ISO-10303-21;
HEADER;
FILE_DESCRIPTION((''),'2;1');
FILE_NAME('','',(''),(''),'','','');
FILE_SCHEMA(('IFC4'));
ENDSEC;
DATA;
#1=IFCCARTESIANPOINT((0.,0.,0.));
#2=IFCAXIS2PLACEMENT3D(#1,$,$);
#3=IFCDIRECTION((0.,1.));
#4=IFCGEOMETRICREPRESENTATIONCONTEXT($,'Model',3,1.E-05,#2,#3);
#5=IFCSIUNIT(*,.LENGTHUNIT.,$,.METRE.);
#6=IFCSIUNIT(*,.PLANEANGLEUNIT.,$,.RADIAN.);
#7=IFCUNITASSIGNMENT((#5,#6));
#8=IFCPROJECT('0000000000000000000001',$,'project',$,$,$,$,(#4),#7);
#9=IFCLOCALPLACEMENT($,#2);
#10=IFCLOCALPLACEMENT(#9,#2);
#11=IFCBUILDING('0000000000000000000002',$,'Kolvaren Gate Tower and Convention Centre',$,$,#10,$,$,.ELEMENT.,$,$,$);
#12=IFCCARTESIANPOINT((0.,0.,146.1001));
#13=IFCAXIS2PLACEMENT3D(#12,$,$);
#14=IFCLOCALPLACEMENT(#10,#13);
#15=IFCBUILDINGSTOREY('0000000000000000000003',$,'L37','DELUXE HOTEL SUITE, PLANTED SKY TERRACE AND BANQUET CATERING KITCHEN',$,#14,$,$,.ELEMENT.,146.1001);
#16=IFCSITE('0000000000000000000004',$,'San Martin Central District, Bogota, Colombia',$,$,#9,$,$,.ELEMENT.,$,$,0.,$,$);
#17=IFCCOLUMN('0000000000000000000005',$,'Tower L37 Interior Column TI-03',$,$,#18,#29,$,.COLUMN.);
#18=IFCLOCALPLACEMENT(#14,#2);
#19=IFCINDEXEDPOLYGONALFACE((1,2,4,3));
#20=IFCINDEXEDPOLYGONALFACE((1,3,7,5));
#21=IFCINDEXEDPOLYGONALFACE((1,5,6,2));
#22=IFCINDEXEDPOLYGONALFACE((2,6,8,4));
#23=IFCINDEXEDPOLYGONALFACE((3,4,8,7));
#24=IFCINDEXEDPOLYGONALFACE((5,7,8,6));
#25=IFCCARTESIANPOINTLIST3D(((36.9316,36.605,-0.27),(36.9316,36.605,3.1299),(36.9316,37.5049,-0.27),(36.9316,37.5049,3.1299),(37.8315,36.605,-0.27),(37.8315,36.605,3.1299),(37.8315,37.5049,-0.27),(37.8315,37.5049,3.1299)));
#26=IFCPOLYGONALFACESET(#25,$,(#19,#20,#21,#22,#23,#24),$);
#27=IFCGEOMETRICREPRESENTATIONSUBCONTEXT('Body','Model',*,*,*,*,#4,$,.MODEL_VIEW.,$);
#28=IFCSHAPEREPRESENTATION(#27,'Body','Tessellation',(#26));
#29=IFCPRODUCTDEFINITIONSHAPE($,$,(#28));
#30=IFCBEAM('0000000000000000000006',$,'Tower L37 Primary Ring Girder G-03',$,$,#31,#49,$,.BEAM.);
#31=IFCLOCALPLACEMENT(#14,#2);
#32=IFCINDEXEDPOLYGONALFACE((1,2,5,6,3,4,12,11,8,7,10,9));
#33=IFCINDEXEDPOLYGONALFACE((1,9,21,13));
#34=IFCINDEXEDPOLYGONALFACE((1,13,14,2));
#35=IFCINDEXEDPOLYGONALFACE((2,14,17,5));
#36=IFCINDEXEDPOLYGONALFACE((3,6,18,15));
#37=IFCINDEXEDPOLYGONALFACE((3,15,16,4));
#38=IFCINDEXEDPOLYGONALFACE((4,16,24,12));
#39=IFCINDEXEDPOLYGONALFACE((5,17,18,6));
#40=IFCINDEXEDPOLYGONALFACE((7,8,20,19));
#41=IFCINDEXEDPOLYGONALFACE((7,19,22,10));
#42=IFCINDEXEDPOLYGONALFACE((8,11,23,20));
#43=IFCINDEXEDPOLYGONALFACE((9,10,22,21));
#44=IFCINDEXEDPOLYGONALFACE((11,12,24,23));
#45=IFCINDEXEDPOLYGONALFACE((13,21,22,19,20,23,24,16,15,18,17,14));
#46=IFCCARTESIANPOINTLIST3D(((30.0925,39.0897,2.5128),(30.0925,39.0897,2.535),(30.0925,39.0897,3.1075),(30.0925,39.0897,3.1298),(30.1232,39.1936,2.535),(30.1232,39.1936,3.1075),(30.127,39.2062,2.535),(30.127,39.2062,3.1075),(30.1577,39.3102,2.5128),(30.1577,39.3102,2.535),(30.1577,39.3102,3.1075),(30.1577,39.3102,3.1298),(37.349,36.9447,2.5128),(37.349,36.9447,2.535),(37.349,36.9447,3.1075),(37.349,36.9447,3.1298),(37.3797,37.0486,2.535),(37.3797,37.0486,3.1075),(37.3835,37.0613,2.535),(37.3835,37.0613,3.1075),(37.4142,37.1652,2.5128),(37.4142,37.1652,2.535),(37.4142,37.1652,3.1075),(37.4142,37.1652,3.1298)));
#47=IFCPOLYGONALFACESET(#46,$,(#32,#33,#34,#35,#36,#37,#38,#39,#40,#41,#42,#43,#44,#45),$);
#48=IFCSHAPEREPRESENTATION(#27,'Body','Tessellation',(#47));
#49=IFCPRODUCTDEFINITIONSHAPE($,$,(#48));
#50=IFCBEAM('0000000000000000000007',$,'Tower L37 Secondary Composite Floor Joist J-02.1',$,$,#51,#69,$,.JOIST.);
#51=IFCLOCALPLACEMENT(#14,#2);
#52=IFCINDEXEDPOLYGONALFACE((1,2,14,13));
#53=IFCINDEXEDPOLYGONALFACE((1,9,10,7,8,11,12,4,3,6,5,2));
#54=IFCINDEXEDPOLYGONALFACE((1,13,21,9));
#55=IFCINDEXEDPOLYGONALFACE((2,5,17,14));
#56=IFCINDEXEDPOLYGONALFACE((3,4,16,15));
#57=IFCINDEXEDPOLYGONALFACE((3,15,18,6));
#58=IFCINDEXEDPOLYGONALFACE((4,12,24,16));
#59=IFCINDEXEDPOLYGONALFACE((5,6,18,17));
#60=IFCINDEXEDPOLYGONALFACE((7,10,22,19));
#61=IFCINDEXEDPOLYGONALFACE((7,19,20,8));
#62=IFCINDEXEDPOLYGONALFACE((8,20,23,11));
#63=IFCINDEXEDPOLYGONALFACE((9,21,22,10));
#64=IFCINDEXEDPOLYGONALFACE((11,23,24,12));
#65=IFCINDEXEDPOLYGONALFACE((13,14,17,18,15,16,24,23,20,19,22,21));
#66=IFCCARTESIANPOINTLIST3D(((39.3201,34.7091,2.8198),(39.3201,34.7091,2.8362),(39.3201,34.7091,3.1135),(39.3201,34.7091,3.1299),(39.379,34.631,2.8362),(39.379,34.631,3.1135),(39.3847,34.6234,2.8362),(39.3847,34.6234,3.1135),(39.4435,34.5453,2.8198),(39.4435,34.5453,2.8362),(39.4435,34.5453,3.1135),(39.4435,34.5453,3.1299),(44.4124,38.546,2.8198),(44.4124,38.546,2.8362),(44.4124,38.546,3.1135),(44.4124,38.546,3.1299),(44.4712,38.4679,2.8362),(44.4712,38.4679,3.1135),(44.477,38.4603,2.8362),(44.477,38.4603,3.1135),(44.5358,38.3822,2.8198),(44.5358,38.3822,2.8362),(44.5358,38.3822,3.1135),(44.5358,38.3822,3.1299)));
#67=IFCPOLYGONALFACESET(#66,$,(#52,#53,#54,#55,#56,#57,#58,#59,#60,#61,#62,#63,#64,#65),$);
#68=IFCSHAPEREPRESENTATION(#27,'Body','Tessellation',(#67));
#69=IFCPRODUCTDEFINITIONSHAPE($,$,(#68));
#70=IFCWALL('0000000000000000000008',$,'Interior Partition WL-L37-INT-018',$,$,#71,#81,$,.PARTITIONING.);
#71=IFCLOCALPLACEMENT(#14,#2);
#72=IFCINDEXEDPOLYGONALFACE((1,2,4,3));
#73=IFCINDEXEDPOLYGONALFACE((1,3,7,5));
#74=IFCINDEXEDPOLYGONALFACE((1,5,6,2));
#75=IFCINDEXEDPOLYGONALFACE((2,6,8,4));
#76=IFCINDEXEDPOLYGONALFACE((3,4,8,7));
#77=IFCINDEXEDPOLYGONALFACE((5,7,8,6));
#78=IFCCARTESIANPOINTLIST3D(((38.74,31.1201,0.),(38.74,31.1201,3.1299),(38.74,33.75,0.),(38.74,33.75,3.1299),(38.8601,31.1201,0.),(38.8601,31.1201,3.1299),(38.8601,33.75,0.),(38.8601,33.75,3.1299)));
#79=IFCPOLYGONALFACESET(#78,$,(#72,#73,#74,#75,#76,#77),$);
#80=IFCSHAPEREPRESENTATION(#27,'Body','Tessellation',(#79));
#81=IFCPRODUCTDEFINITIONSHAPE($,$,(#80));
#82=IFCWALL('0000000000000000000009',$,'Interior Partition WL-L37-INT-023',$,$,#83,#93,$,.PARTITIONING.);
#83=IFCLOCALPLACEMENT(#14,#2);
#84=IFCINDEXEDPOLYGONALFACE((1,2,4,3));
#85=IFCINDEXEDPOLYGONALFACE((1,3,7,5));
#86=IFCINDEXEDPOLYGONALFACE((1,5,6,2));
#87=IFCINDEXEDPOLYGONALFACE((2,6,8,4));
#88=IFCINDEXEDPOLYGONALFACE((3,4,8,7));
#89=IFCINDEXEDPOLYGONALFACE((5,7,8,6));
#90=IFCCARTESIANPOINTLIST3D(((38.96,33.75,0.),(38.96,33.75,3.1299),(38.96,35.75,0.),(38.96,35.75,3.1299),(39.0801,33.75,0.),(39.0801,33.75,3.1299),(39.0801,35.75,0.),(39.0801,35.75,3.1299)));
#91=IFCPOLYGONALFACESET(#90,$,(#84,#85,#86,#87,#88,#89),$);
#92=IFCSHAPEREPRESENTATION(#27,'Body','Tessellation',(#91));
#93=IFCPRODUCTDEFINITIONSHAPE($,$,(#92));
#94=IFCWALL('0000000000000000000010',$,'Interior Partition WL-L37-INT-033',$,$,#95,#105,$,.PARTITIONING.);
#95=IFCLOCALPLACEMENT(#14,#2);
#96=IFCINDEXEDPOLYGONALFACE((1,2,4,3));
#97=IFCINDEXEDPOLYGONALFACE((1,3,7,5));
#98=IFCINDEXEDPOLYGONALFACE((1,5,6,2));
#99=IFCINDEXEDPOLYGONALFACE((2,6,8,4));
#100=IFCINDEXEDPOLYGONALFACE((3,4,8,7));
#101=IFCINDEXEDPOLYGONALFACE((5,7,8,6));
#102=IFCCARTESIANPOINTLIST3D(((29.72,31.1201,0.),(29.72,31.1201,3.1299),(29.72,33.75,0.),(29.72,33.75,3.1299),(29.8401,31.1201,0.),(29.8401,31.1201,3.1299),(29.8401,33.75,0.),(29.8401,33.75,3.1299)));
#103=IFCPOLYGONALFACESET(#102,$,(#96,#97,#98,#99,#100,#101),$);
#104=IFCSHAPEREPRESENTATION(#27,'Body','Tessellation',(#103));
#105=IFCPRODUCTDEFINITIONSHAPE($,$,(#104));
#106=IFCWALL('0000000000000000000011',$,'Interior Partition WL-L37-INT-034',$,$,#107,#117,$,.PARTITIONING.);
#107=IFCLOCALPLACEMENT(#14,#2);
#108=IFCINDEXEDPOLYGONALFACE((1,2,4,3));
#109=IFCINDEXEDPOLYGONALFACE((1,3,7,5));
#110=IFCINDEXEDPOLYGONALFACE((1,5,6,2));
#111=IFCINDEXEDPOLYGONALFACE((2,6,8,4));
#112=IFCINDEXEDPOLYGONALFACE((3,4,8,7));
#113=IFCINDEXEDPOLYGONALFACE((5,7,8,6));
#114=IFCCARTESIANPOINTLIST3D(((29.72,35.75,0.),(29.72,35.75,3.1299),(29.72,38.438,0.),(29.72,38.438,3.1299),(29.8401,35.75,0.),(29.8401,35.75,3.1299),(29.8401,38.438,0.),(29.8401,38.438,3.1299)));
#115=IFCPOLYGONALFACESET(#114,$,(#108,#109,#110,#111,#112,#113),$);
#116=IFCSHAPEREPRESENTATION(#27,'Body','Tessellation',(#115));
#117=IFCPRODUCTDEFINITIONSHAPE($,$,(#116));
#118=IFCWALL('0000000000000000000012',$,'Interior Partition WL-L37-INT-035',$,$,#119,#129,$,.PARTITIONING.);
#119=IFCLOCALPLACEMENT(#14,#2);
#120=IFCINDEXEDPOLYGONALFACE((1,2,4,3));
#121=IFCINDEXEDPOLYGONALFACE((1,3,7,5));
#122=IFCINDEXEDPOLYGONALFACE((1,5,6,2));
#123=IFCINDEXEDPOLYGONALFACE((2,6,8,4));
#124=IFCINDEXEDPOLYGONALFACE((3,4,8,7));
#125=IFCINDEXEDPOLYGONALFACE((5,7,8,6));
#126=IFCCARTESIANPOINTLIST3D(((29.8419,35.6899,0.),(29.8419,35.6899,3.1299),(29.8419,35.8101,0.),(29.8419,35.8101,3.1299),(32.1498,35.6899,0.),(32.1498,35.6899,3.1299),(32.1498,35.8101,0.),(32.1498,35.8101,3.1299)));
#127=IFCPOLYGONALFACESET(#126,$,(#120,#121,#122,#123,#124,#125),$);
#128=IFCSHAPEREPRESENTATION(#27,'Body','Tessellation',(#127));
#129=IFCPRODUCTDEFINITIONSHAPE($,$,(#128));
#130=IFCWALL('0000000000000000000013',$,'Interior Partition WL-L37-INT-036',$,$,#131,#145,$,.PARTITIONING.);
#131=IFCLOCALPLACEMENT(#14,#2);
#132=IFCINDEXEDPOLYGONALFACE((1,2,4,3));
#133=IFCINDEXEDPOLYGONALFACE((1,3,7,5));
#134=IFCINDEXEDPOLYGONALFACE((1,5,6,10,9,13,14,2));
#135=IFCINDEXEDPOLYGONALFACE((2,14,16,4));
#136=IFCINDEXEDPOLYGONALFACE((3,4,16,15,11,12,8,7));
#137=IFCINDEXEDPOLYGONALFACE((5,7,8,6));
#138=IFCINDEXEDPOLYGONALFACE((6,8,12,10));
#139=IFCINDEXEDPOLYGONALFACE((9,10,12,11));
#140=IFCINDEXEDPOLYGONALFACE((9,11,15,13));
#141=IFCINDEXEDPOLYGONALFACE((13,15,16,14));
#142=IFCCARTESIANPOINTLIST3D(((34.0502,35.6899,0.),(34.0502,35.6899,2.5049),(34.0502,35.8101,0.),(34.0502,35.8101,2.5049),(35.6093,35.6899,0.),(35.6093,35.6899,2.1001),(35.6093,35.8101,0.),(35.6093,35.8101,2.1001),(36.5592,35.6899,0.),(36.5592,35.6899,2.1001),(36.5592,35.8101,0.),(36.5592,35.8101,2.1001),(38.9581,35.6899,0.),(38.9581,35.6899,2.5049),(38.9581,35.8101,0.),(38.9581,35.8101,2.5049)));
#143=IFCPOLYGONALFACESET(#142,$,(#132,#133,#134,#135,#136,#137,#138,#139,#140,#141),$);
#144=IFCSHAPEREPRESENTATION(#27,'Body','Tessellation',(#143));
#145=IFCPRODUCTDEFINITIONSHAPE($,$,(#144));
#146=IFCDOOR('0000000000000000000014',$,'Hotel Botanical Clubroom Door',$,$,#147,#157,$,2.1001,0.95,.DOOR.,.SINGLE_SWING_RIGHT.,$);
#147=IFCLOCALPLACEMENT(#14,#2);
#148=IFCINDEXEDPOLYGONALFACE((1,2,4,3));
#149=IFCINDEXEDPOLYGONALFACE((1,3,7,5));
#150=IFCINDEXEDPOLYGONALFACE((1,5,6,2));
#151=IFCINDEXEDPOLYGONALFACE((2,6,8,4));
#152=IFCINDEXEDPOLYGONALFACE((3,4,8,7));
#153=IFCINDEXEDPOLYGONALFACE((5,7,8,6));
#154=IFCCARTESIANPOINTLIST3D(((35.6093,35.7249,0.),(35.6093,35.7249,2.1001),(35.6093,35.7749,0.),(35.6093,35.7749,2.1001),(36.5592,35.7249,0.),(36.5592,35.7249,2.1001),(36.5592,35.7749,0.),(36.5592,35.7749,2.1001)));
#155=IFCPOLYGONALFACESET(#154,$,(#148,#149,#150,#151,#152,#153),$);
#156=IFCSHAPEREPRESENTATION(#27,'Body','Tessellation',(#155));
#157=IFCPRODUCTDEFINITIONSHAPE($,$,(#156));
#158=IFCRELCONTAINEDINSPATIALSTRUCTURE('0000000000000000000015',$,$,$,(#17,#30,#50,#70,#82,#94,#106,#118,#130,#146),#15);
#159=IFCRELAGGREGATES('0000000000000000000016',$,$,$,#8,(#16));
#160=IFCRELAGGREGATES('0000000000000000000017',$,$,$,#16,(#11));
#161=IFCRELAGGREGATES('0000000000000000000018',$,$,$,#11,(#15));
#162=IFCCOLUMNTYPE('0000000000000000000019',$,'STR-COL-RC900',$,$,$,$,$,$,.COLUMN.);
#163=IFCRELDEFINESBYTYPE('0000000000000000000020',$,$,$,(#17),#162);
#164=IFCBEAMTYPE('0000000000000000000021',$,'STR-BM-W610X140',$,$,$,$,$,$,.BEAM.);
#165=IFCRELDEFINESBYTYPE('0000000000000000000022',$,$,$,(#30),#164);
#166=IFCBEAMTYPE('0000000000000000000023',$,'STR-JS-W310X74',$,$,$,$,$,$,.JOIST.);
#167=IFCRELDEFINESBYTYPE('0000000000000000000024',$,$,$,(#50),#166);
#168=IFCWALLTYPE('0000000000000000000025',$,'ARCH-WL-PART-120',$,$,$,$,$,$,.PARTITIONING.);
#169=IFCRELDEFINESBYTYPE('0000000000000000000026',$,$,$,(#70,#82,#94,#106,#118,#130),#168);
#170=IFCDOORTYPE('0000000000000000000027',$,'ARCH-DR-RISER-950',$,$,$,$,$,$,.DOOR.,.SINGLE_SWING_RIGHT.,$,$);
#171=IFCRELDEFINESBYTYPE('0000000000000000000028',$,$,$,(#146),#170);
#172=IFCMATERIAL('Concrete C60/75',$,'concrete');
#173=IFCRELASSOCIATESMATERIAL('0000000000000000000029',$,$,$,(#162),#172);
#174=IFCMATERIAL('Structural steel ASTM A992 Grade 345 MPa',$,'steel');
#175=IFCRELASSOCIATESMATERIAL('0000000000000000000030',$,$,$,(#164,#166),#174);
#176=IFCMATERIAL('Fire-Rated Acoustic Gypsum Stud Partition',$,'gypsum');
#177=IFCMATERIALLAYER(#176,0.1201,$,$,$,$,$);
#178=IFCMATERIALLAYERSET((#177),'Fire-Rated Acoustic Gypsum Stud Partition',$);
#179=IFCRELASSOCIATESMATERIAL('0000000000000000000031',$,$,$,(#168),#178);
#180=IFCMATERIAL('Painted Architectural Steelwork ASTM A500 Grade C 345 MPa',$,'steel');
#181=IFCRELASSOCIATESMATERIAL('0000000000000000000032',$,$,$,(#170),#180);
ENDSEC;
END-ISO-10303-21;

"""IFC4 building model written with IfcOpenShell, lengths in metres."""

from ifc_helpers import new_model, si_unit, direction, frame, frame_2d, origin, origin_2d, place, context, subcontext, project, spatial, rectangle, i_section, extrude, material, layer, layer_set, material_profile, profile_set, type_object, element, fill, save


model = new_model("IFC4")

# Units and contexts
model_context = context("Model", 3, precision=1e-05, world=origin(), true_north=direction((0.0, 1.0)))
body_context = subcontext(model_context, "Body", "Model", "MODEL_VIEW")
ifc_project = project(units=[si_unit("LENGTHUNIT", "METRE"), si_unit("PLANEANGLEUNIT", "RADIAN")], contexts=[model_context])

# Site, building, storey
site_placement = place(None, origin())
site = spatial("IfcSite", under=ifc_project, at=site_placement, Name="San Martin Central District, Bogota, Colombia", CompositionType="ELEMENT", RefElevation=0.0)
building_placement = place(site_placement, origin())
building = spatial("IfcBuilding", under=site, at=building_placement, Name="Kolvaren Gate Tower and Convention Centre", CompositionType="ELEMENT")
storey_placement = place(building_placement, frame((0.0, 0.0, 146.1001)))
storey = spatial("IfcBuildingStorey", under=building, at=storey_placement, Name="L37", Description="DELUXE HOTEL SUITE, PLANTED SKY TERRACE AND BANQUET CATERING KITCHEN", CompositionType="ELEMENT", Elevation=146.1001)

# Column
ifc_material_1 = material(Name="Concrete C60/75", Category="concrete")
ifc_material_profile_1 = material_profile(ifc_material_1, rectangle(XDim=0.8999, YDim=0.8999, at=origin_2d()), Name="RC-COL-900X900")
ifc_profile_set_1 = profile_set([ifc_material_profile_1], Name="Concrete C60/75")
column_type = type_object("IfcColumnType", Name="STR-COL-RC900", PredefinedType="COLUMN", material=ifc_profile_set_1)
column_placement = place(storey_placement, frame((37.3816, 37.0549, -0.27), z_axis=(0.0, 0.0, 1.0), x_axis=(1.0, 0.0, 0.0)))
element("IfcColumn", 1, at=column_placement, inside=storey, type_object=column_type, Name="Tower L37 Interior Column TI-03", PredefinedType="COLUMN", context=body_context, shape_type="SweptSolid", body=[
    extrude(rectangle(XDim=0.8999, YDim=0.8999, at=origin_2d()), origin(), (0.0, 0.0, 1.0), 3.3999),
])

# Beams
ifc_material_2 = material(Name="Structural steel ASTM A992 Grade 345 MPa", Category="steel")
ifc_material_profile_2 = material_profile(ifc_material_2, i_section(OverallWidth=0.23, OverallDepth=0.6169, WebThickness=0.0132, FlangeThickness=0.0222, at=origin_2d()), Name="W610X140")
ifc_profile_set_2 = profile_set([ifc_material_profile_2], Name="Structural steel ASTM A992 Grade 345 MPa")
beam_type_1 = type_object("IfcBeamType", Name="STR-BM-W610X140", PredefinedType="BEAM", material=ifc_profile_set_2)
beam_1_placement = place(storey_placement, frame((37.3816, 37.0549, 2.8213), z_axis=(-0.958981, 0.283471, 0.0), x_axis=(-0.283471, -0.958981, 0.0)))
element("IfcBeam", 2, at=beam_1_placement, inside=storey, type_object=beam_type_1, Name="Tower L37 Primary Ring Girder G-03", PredefinedType="BEAM", context=body_context, shape_type="SweptSolid", body=[
    extrude(i_section(OverallWidth=0.23, OverallDepth=0.6169, WebThickness=0.0132, FlangeThickness=0.0222, at=origin_2d()), origin(), (0.0, 0.0, 1.0), 7.5669),
])
ifc_material_profile_3 = material_profile(ifc_material_2, i_section(OverallWidth=0.2051, OverallDepth=0.3101, WebThickness=0.0095, FlangeThickness=0.0164, at=origin_2d()), Name="W310X74")
ifc_profile_set_3 = profile_set([ifc_material_profile_3], Name="Structural steel ASTM A992 Grade 345 MPa")
beam_type_2 = type_object("IfcBeamType", Name="STR-JS-W310X74", PredefinedType="JOIST", material=ifc_profile_set_3)
beam_2_placement = place(storey_placement, frame((39.3818, 34.6272, 2.9749), z_axis=(0.798666, 0.601775, 0.0), x_axis=(-0.601775, 0.798666, 0.0)))
element("IfcBeam", 3, at=beam_2_placement, inside=storey, type_object=beam_type_2, Name="Tower L37 Secondary Composite Floor Joist J-02.1", PredefinedType="JOIST", context=body_context, shape_type="SweptSolid", body=[
    extrude(i_section(OverallWidth=0.2051, OverallDepth=0.3101, WebThickness=0.0095, FlangeThickness=0.0164, at=origin_2d()), origin(), (0.0, 0.0, 1.0), 6.376),
])

# Walls
ifc_material_3 = material(Name="Fire-Rated Acoustic Gypsum Stud Partition", Category="gypsum")
ifc_layer_1 = layer(ifc_material_3, 0.1201)
ifc_layer_set_1 = layer_set([ifc_layer_1], Name="Fire-Rated Acoustic Gypsum Stud Partition")
wall_type_1 = type_object("IfcWallType", Name="ARCH-WL-PART-120", PredefinedType="PARTITIONING", material=ifc_layer_set_1)
wall_1_placement = place(storey_placement, frame((38.8, 31.1201, 0.0), z_axis=(0.0, 0.0, 1.0), x_axis=(0.0, 1.0, 0.0)))
element("IfcWall", 4, at=wall_1_placement, inside=storey, type_object=wall_type_1, Name="Interior Partition WL-L37-INT-018", PredefinedType="PARTITIONING", context=body_context, shape_type="SweptSolid", body=[
    extrude(rectangle(XDim=2.6299, YDim=0.1201, at=frame_2d((1.3149, 0.0))), origin(), (0.0, 0.0, 1.0), 3.1299),
])
wall_2_placement = place(storey_placement, frame((39.02, 33.75, 0.0), z_axis=(0.0, 0.0, 1.0), x_axis=(0.0, 1.0, 0.0)))
element("IfcWall", 5, at=wall_2_placement, inside=storey, type_object=wall_type_1, Name="Interior Partition WL-L37-INT-023", PredefinedType="PARTITIONING", context=body_context, shape_type="SweptSolid", body=[
    extrude(rectangle(XDim=2.0, YDim=0.1201, at=frame_2d((1.0, 0.0))), origin(), (0.0, 0.0, 1.0), 3.1299),
])
wall_3_placement = place(storey_placement, frame((29.78, 31.1201, 0.0), z_axis=(0.0, 0.0, 1.0), x_axis=(0.0, 1.0, 0.0)))
element("IfcWall", 6, at=wall_3_placement, inside=storey, type_object=wall_type_1, Name="Interior Partition WL-L37-INT-033", PredefinedType="PARTITIONING", context=body_context, shape_type="SweptSolid", body=[
    extrude(rectangle(XDim=2.6299, YDim=0.1201, at=frame_2d((1.3149, 0.0))), origin(), (0.0, 0.0, 1.0), 3.1299),
])
wall_4_placement = place(storey_placement, frame((29.78, 35.75, 0.0), z_axis=(0.0, 0.0, 1.0), x_axis=(0.0, 1.0, 0.0)))
element("IfcWall", 7, at=wall_4_placement, inside=storey, type_object=wall_type_1, Name="Interior Partition WL-L37-INT-034", PredefinedType="PARTITIONING", context=body_context, shape_type="SweptSolid", body=[
    extrude(rectangle(XDim=2.688, YDim=0.1201, at=frame_2d((1.344, 0.0))), origin(), (0.0, 0.0, 1.0), 3.1299),
])
wall_5_placement = place(storey_placement, frame((29.842, 35.75, 0.0), z_axis=(0.0, 0.0, 1.0), x_axis=(1.0, 0.0, 0.0)))
element("IfcWall", 8, at=wall_5_placement, inside=storey, type_object=wall_type_1, Name="Interior Partition WL-L37-INT-035", PredefinedType="PARTITIONING", context=body_context, shape_type="SweptSolid", body=[
    extrude(rectangle(XDim=2.3079, YDim=0.1201, at=frame_2d((1.1538, 0.0))), origin(), (0.0, 0.0, 1.0), 3.1299),
])

# Wall, opening, door
wall_6_placement = place(storey_placement, frame((34.05, 35.75, 0.0), z_axis=(0.0, 0.0, 1.0), x_axis=(1.0, 0.0, 0.0)))
wall_6 = element("IfcWall", 9, at=wall_6_placement, inside=storey, type_object=wall_type_1, Name="Interior Partition WL-L37-INT-036", PredefinedType="PARTITIONING", context=body_context, shape_type="SweptSolid", body=[
    extrude(rectangle(XDim=4.908, YDim=0.1201, at=frame_2d((2.4541, 0.0))), origin(), (0.0, 0.0, 1.0), 2.5049),
])
opening_1_placement = place(wall_6_placement, frame((1.5591, 0.0, 0.0)))
opening_1 = element("IfcOpeningElement", 10, at=opening_1_placement, cuts=wall_6, PredefinedType="OPENING", context=body_context, shape_type="SweptSolid", body=[
    extrude(rectangle(XDim=0.95, YDim=2.1001, at=frame_2d((0.4751, 1.05))), frame((0.0, 0.0701, 0.0), z_axis=(0.0, -1.0, 0.0), x_axis=(1.0, 0.0, 0.0)), (0.0, 0.0, 1.0), 0.1401),
])
ifc_material_4 = material(Name="Painted Architectural Steelwork ASTM A500 Grade C 345 MPa", Category="steel")
door_type = type_object("IfcDoorType", Name="ARCH-DR-RISER-950", OperationType="SINGLE_SWING_RIGHT", PredefinedType="DOOR", material=ifc_material_4)
door_1_placement = place(opening_1_placement, origin())
door_1 = element("IfcDoor", 11, at=door_1_placement, inside=storey, type_object=door_type, Name="Hotel Botanical Clubroom Door", OperationType="SINGLE_SWING_RIGHT", OverallHeight=2.1001, OverallWidth=0.95, PredefinedType="DOOR", context=body_context, shape_type="SweptSolid", body=[
    extrude(rectangle(XDim=0.95, YDim=2.1001, at=frame_2d((0.4751, 1.05))), frame((0.0, 0.0249, 0.0), z_axis=(0.0, -1.0, 0.0), x_axis=(1.0, 0.0, 0.0)), (0.0, 0.0, 1.0), 0.05),
])
fill(opening_1, door_1)

save(model, "model.ifc")
